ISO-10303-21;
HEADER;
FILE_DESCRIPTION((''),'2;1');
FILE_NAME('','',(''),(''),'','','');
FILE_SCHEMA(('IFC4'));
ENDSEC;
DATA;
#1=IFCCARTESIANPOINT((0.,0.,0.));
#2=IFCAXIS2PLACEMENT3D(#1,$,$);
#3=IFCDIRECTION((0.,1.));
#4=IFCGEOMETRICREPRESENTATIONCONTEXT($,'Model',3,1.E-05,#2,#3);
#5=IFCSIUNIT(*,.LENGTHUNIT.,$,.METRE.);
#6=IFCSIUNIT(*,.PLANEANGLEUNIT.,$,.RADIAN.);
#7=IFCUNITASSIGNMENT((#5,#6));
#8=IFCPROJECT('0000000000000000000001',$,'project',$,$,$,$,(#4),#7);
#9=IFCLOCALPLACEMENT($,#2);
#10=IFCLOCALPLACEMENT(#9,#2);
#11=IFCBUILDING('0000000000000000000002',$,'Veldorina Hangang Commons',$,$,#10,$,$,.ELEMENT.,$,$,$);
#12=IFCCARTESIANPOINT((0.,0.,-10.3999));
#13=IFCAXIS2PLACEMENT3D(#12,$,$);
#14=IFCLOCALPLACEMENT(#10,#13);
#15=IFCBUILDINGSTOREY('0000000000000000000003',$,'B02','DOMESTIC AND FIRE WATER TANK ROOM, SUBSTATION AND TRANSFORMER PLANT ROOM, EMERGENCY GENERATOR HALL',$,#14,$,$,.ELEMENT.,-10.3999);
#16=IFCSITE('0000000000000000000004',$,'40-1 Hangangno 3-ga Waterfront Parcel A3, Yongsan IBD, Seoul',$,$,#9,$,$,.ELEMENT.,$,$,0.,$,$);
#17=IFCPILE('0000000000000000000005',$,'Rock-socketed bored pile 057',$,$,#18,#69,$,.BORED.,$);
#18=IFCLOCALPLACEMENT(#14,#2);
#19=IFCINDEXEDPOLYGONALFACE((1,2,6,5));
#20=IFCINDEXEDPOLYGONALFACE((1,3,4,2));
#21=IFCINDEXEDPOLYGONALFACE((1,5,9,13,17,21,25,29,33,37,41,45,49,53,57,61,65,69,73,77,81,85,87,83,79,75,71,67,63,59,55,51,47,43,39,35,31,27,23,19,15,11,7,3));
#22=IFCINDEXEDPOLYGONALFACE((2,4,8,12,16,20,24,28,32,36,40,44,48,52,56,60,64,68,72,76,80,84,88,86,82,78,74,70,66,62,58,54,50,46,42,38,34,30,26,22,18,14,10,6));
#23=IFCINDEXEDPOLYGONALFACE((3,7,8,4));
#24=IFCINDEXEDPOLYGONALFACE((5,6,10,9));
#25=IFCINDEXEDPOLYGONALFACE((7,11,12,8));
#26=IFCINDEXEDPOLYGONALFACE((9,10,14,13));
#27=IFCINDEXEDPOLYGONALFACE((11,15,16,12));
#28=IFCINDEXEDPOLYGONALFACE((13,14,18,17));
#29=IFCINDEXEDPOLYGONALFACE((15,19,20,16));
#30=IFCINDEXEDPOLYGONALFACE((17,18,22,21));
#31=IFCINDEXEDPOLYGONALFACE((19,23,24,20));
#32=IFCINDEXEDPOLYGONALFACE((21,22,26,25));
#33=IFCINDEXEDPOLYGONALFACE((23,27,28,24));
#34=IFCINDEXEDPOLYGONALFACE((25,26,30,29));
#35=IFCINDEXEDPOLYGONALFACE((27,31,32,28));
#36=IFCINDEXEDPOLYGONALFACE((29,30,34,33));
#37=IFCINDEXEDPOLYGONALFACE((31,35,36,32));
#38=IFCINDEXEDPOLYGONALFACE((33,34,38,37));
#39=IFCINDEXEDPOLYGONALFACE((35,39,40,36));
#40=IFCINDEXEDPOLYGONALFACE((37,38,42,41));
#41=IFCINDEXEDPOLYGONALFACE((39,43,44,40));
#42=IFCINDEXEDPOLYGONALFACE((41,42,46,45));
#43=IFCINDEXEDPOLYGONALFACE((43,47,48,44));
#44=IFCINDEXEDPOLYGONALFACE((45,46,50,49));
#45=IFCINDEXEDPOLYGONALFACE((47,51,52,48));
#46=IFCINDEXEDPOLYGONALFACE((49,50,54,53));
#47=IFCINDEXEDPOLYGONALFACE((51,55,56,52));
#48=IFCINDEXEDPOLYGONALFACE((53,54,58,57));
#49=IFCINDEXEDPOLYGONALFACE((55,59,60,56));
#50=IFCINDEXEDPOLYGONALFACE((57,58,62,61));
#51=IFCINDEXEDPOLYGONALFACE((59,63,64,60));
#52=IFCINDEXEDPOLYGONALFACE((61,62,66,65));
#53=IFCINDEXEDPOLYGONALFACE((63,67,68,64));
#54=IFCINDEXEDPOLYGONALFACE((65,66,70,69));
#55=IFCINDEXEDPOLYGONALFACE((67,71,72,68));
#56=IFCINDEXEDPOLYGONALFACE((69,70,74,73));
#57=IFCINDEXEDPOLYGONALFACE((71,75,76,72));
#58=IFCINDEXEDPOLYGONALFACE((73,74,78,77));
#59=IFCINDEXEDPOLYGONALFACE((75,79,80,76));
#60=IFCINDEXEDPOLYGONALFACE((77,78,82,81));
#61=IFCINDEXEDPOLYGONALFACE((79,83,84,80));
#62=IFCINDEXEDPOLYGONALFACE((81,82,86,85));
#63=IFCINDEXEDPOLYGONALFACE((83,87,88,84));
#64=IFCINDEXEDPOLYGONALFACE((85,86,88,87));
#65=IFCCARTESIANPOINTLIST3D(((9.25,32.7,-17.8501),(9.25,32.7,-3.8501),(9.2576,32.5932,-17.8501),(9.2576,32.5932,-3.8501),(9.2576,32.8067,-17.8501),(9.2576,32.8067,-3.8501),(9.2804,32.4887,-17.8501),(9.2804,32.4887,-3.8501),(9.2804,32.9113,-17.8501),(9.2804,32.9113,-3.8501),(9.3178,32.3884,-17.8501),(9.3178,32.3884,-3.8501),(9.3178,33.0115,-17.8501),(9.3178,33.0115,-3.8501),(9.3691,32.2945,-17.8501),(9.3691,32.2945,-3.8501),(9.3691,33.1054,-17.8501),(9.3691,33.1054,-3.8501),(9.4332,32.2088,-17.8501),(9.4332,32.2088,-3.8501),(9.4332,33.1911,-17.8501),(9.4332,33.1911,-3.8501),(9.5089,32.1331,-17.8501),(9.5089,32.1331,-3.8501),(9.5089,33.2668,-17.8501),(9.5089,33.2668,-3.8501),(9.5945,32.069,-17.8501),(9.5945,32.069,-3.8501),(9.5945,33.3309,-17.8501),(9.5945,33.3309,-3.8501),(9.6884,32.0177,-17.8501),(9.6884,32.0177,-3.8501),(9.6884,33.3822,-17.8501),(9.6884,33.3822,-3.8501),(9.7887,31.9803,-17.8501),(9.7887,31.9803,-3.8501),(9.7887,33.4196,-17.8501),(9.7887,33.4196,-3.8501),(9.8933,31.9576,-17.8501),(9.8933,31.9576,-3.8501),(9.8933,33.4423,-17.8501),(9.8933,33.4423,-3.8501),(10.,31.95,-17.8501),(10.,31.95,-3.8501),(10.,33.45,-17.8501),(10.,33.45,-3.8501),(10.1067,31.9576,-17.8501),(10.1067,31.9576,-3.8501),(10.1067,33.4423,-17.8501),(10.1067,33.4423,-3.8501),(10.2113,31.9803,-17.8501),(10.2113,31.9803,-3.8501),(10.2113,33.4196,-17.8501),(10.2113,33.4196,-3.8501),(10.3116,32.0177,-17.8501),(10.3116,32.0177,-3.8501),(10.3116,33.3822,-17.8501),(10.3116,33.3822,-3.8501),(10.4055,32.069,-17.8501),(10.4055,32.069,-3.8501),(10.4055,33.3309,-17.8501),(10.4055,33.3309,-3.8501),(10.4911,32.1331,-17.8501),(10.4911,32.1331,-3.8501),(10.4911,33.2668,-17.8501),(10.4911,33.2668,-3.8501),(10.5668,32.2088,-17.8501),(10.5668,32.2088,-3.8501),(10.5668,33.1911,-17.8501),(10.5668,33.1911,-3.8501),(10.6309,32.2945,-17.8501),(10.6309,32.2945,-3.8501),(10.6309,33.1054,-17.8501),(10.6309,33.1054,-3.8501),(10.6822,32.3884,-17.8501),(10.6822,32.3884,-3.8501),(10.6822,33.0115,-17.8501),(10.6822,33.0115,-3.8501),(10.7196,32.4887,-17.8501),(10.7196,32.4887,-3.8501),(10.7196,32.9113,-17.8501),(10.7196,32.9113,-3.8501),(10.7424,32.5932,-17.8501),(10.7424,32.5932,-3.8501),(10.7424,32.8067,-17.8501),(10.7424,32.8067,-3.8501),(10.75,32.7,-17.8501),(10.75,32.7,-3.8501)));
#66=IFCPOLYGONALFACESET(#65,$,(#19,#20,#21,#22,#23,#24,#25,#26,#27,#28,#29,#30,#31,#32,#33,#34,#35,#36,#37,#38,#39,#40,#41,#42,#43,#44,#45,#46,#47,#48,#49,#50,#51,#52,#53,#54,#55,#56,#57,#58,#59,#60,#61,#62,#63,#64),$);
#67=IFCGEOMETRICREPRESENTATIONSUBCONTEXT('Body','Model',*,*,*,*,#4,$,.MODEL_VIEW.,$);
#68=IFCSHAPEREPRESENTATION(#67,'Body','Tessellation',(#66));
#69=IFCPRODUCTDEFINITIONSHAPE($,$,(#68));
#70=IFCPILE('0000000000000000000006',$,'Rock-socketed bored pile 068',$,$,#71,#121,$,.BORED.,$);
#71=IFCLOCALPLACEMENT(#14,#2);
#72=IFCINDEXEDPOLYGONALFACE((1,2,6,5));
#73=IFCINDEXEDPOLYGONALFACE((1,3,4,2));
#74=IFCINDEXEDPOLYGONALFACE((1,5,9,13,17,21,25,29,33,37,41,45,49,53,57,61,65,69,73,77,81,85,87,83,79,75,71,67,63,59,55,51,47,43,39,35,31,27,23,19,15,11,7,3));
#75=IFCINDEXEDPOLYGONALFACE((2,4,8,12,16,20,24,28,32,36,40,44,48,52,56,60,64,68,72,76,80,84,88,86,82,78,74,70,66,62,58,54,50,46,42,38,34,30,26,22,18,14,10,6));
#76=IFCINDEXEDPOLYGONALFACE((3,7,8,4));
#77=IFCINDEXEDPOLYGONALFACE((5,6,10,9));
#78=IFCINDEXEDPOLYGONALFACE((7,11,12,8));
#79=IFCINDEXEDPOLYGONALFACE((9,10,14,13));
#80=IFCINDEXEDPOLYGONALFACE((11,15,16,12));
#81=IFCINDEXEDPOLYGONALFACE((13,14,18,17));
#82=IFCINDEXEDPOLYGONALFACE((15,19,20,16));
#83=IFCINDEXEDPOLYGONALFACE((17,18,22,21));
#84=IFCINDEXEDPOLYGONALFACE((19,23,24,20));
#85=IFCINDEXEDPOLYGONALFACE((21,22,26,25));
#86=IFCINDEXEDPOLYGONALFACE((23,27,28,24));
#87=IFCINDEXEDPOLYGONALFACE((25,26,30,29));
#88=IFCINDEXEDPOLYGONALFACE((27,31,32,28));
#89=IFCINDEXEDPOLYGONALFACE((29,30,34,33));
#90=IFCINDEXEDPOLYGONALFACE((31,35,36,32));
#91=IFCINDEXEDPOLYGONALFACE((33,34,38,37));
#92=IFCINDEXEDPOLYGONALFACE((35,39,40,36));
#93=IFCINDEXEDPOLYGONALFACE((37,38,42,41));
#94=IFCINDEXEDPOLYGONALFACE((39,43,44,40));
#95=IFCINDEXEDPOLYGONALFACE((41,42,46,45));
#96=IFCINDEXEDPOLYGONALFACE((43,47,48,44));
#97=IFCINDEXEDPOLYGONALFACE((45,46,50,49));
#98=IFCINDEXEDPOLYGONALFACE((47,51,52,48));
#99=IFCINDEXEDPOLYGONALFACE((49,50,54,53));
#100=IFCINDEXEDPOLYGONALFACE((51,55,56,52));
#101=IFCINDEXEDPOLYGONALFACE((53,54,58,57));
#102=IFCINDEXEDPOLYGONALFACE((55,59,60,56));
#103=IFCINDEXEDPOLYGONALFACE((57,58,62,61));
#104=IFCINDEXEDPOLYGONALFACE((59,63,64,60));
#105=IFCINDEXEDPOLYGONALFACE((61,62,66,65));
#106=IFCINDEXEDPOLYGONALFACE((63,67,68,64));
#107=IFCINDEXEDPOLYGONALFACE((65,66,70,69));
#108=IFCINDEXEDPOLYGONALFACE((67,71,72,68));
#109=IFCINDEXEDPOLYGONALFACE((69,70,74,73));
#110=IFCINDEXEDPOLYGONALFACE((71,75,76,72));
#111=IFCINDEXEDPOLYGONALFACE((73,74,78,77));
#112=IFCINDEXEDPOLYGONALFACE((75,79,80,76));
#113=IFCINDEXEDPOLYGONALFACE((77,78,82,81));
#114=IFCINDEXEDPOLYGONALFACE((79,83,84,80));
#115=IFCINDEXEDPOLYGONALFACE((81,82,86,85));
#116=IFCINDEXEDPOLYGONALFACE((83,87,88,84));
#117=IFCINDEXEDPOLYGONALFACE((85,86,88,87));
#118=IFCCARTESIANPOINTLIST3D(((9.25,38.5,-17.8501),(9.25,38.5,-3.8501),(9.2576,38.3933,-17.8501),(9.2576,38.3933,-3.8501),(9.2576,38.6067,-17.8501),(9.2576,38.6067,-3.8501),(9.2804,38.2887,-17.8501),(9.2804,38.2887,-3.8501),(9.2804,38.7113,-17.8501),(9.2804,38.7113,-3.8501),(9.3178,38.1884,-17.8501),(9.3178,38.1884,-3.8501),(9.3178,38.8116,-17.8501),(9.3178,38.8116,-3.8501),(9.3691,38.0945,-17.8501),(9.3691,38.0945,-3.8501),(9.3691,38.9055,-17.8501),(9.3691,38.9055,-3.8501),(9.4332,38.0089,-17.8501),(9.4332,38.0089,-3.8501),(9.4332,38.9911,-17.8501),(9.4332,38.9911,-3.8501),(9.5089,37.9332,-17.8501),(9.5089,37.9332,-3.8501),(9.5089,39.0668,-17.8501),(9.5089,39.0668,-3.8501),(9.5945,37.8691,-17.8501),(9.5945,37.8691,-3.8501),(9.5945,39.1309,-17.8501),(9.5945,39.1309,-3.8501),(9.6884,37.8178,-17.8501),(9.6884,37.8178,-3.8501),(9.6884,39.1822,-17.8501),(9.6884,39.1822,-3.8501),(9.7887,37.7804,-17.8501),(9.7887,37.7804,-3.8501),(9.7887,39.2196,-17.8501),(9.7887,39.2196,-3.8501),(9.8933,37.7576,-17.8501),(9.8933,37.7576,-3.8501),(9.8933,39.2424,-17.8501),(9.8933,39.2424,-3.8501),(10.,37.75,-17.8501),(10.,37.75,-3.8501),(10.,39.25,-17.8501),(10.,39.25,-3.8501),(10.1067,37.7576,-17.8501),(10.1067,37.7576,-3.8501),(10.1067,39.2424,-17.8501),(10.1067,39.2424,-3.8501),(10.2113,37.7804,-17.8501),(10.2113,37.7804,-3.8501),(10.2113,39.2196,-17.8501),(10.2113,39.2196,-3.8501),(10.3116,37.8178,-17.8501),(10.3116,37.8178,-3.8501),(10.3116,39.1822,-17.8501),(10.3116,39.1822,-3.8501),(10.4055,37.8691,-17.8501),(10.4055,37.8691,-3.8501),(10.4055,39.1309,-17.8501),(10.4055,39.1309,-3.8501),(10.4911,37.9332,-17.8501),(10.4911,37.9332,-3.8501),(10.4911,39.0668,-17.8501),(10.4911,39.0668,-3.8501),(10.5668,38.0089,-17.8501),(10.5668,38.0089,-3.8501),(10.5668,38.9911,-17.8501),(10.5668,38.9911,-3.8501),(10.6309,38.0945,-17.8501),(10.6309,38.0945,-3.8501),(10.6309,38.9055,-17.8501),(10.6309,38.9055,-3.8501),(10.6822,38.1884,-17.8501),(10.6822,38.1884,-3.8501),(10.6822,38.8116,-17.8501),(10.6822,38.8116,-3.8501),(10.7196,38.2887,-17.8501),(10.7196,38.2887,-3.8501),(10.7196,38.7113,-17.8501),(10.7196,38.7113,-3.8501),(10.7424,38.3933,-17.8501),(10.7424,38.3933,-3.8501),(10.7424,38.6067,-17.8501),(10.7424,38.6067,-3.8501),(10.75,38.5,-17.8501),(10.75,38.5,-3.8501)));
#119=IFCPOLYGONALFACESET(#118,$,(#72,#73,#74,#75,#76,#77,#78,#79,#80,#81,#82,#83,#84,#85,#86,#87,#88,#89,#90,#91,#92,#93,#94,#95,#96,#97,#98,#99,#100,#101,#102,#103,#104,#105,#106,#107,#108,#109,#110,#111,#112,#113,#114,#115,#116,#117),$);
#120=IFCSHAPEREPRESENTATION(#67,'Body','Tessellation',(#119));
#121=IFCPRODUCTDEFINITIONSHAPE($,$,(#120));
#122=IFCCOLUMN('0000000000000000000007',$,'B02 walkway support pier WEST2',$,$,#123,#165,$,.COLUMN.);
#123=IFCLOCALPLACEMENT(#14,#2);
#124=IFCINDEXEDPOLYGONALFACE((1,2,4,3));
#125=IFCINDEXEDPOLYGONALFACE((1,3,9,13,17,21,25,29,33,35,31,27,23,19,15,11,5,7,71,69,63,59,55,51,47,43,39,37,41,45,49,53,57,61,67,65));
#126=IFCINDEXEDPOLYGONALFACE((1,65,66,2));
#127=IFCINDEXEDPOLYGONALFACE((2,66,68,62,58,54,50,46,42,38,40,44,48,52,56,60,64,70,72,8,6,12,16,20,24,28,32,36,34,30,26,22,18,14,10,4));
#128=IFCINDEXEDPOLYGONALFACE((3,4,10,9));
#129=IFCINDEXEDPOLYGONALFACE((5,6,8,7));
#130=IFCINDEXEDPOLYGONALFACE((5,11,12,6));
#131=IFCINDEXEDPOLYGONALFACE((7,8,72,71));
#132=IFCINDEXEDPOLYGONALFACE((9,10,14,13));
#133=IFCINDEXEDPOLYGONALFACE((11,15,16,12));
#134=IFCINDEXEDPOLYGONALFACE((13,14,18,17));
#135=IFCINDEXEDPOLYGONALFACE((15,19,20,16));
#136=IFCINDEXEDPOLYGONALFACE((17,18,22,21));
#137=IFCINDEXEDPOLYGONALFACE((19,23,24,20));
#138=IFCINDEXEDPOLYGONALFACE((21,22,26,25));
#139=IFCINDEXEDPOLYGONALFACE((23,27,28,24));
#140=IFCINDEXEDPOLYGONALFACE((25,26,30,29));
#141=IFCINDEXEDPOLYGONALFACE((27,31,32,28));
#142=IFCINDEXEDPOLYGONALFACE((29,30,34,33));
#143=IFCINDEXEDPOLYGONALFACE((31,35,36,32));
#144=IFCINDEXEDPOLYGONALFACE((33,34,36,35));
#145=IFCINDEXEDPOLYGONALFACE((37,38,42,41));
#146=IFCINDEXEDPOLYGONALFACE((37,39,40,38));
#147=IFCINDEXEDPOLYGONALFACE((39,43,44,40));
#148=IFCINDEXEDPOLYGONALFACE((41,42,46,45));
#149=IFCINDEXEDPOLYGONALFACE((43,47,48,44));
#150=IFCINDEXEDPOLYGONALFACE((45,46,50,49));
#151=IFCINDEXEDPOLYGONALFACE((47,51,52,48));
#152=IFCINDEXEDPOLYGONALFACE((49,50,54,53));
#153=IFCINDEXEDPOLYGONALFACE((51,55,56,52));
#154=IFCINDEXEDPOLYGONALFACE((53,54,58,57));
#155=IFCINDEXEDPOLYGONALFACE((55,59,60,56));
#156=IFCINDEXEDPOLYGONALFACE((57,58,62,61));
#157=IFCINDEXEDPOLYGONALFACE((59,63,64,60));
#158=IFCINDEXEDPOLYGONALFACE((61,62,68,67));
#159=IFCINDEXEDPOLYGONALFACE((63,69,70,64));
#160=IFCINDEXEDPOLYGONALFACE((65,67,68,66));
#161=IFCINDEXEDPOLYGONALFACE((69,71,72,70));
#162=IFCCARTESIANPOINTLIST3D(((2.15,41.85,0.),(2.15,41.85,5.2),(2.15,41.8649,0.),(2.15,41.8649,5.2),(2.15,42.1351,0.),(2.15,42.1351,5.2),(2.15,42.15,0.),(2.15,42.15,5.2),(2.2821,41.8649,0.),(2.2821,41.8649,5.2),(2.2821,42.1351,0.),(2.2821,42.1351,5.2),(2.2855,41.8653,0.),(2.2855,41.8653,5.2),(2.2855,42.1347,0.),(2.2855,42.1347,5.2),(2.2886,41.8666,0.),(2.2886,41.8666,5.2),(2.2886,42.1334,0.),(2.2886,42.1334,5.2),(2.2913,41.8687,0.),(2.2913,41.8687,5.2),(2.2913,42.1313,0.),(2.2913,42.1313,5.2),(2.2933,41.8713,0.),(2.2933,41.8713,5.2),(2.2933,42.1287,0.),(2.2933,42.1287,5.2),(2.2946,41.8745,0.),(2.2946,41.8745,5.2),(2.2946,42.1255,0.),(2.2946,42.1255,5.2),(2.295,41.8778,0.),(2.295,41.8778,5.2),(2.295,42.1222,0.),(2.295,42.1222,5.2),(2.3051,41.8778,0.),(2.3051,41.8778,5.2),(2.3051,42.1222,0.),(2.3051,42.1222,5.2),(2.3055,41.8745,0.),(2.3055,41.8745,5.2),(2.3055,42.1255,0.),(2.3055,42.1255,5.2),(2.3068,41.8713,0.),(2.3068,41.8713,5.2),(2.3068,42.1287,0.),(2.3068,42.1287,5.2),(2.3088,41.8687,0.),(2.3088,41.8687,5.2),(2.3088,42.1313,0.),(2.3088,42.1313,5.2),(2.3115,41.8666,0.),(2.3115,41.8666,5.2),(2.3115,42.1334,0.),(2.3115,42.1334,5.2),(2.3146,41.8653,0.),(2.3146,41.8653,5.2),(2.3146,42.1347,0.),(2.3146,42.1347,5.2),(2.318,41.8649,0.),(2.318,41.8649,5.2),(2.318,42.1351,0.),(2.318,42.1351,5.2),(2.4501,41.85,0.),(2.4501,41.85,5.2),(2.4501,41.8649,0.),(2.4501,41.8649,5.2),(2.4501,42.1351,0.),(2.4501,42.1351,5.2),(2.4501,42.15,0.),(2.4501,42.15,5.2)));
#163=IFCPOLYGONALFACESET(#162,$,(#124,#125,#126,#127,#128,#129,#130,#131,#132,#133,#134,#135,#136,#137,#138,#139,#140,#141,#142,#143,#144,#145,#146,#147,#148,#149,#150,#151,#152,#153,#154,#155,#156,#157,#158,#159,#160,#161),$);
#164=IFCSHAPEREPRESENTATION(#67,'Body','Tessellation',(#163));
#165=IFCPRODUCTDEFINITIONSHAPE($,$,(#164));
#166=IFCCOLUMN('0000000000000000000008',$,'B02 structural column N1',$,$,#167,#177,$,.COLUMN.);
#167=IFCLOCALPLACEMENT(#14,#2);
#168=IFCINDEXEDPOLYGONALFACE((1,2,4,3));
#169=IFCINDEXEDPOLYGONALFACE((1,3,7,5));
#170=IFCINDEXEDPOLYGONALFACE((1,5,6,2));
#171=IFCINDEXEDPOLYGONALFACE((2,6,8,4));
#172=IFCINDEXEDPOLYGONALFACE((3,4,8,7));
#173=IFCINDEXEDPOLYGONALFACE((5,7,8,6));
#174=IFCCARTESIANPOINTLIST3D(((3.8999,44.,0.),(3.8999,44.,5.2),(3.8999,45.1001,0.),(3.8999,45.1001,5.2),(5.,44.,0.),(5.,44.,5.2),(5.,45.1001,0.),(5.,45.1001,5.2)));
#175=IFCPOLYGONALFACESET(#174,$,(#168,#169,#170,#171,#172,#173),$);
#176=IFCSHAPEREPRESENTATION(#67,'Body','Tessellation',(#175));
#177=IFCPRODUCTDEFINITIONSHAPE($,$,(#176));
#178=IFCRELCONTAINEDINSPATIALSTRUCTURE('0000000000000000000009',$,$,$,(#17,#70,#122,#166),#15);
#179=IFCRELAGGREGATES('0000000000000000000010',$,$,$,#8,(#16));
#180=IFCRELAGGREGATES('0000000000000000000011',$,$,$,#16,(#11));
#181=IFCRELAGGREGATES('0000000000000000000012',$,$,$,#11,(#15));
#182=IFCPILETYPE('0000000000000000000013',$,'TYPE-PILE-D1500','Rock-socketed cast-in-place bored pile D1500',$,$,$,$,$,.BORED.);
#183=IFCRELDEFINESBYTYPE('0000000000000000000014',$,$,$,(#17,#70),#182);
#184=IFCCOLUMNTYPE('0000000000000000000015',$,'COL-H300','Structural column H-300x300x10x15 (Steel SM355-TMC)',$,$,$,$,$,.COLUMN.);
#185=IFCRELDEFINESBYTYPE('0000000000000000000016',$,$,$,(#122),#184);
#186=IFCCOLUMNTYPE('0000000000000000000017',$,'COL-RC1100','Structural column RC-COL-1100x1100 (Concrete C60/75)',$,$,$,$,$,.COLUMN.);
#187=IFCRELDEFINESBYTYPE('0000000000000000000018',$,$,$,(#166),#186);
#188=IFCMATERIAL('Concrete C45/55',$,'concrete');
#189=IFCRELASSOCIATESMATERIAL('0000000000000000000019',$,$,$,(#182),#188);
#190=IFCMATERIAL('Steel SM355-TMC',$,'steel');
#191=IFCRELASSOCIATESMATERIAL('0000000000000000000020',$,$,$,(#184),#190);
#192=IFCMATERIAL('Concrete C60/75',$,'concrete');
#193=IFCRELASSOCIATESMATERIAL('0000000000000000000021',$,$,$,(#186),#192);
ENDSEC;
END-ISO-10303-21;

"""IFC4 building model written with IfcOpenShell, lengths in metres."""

from ifc_helpers import new_model, si_unit, direction, frame, origin, origin_2d, place, context, subcontext, project, spatial, rectangle, circle, i_section, extrude, material, material_profile, profile_set, type_object, element, save


model = new_model("IFC4")

# Units and contexts
model_context = context("Model", 3, precision=1e-05, world=origin(), true_north=direction((0.0, 1.0)))
body_context = subcontext(model_context, "Body", "Model", "MODEL_VIEW")
ifc_project = project(units=[si_unit("LENGTHUNIT", "METRE"), si_unit("PLANEANGLEUNIT", "RADIAN")], contexts=[model_context])

# Site, building, storey
site_placement = place(None, origin())
site = spatial("IfcSite", under=ifc_project, at=site_placement, Name="40-1 Hangangno 3-ga Waterfront Parcel A3, Yongsan IBD, Seoul", CompositionType="ELEMENT", RefElevation=0.0)
building_placement = place(site_placement, origin())
building = spatial("IfcBuilding", under=site, at=building_placement, Name="Veldorina Hangang Commons", CompositionType="ELEMENT")
storey_placement = place(building_placement, frame((0.0, 0.0, -10.3999)))
storey = spatial("IfcBuildingStorey", under=building, at=storey_placement, Name="B02", Description="DOMESTIC AND FIRE WATER TANK ROOM, SUBSTATION AND TRANSFORMER PLANT ROOM, EMERGENCY GENERATOR HALL", CompositionType="ELEMENT", Elevation=-10.3999)

# Piles
ifc_material_1 = material(Name="Concrete C45/55", Category="concrete")
ifc_material_profile_1 = material_profile(ifc_material_1, circle(Radius=0.75, at=origin_2d()), Name="PILE-D1500")
ifc_profile_set_1 = profile_set([ifc_material_profile_1], Name="Concrete C45/55")
pile_type_1 = type_object("IfcPileType", Name="TYPE-PILE-D1500", Description="Rock-socketed cast-in-place bored pile D1500", PredefinedType="BORED", material=ifc_profile_set_1)
for number, where, z_axis, x_axis, name in (
    (1, (10.0, 32.7, -3.8501), (0.0, 0.0, -1.0), (1.0, 0.0, 0.0), "Rock-socketed bored pile 057"),
    (2, (10.0, 38.5, -3.8501), (0.0, 0.0, -1.0), (1.0, 0.0, 0.0), "Rock-socketed bored pile 068"),
):
    element("IfcPile", number, at=place(storey_placement, frame(where, z_axis=z_axis, x_axis=x_axis)), inside=storey, type_object=pile_type_1, Name=name, PredefinedType="BORED", context=body_context, shape_type="SweptSolid", body=[
        extrude(circle(Radius=0.75, at=origin_2d()), origin(), (0.0, 0.0, 1.0), 14.0),
    ])

# Columns
ifc_material_2 = material(Name="Steel SM355-TMC", Category="steel")
ifc_material_profile_2 = material_profile(ifc_material_2, i_section(OverallWidth=0.3, OverallDepth=0.3, WebThickness=0.01, FlangeThickness=0.0149, FilletRadius=0.0129, at=origin_2d()), Name="H-300x300x10x15")
ifc_profile_set_2 = profile_set([ifc_material_profile_2], Name="Steel SM355-TMC")
column_type_1 = type_object("IfcColumnType", Name="COL-H300", Description="Structural column H-300x300x10x15 (Steel SM355-TMC)", PredefinedType="COLUMN", material=ifc_profile_set_2)
column_1_placement = place(storey_placement, frame((2.3, 42.0, 0.0), z_axis=(0.0, 0.0, 1.0), x_axis=(1.0, 0.0, 0.0)))
element("IfcColumn", 3, at=column_1_placement, inside=storey, type_object=column_type_1, Name="B02 walkway support pier WEST2", PredefinedType="COLUMN", context=body_context, shape_type="SweptSolid", body=[
    extrude(i_section(OverallWidth=0.3, OverallDepth=0.3, WebThickness=0.01, FlangeThickness=0.0149, FilletRadius=0.0129, at=origin_2d()), origin(), (0.0, 0.0, 1.0), 5.2),
])
ifc_material_3 = material(Name="Concrete C60/75", Category="concrete")
ifc_material_profile_3 = material_profile(ifc_material_3, rectangle(XDim=1.1001, YDim=1.1001, at=origin_2d()), Name="RC-COL-1100x1100")
ifc_profile_set_3 = profile_set([ifc_material_profile_3], Name="Concrete C60/75")
column_type_2 = type_object("IfcColumnType", Name="COL-RC1100", Description="Structural column RC-COL-1100x1100 (Concrete C60/75)", PredefinedType="COLUMN", material=ifc_profile_set_3)
column_2_placement = place(storey_placement, frame((4.45, 44.55, 0.0), z_axis=(0.0, 0.0, 1.0), x_axis=(1.0, 0.0, 0.0)))
element("IfcColumn", 4, at=column_2_placement, inside=storey, type_object=column_type_2, Name="B02 structural column N1", PredefinedType="COLUMN", context=body_context, shape_type="SweptSolid", body=[
    extrude(rectangle(XDim=1.1001, YDim=1.1001, at=origin_2d()), origin(), (0.0, 0.0, 1.0), 5.2),
])

save(model, "model.ifc")
